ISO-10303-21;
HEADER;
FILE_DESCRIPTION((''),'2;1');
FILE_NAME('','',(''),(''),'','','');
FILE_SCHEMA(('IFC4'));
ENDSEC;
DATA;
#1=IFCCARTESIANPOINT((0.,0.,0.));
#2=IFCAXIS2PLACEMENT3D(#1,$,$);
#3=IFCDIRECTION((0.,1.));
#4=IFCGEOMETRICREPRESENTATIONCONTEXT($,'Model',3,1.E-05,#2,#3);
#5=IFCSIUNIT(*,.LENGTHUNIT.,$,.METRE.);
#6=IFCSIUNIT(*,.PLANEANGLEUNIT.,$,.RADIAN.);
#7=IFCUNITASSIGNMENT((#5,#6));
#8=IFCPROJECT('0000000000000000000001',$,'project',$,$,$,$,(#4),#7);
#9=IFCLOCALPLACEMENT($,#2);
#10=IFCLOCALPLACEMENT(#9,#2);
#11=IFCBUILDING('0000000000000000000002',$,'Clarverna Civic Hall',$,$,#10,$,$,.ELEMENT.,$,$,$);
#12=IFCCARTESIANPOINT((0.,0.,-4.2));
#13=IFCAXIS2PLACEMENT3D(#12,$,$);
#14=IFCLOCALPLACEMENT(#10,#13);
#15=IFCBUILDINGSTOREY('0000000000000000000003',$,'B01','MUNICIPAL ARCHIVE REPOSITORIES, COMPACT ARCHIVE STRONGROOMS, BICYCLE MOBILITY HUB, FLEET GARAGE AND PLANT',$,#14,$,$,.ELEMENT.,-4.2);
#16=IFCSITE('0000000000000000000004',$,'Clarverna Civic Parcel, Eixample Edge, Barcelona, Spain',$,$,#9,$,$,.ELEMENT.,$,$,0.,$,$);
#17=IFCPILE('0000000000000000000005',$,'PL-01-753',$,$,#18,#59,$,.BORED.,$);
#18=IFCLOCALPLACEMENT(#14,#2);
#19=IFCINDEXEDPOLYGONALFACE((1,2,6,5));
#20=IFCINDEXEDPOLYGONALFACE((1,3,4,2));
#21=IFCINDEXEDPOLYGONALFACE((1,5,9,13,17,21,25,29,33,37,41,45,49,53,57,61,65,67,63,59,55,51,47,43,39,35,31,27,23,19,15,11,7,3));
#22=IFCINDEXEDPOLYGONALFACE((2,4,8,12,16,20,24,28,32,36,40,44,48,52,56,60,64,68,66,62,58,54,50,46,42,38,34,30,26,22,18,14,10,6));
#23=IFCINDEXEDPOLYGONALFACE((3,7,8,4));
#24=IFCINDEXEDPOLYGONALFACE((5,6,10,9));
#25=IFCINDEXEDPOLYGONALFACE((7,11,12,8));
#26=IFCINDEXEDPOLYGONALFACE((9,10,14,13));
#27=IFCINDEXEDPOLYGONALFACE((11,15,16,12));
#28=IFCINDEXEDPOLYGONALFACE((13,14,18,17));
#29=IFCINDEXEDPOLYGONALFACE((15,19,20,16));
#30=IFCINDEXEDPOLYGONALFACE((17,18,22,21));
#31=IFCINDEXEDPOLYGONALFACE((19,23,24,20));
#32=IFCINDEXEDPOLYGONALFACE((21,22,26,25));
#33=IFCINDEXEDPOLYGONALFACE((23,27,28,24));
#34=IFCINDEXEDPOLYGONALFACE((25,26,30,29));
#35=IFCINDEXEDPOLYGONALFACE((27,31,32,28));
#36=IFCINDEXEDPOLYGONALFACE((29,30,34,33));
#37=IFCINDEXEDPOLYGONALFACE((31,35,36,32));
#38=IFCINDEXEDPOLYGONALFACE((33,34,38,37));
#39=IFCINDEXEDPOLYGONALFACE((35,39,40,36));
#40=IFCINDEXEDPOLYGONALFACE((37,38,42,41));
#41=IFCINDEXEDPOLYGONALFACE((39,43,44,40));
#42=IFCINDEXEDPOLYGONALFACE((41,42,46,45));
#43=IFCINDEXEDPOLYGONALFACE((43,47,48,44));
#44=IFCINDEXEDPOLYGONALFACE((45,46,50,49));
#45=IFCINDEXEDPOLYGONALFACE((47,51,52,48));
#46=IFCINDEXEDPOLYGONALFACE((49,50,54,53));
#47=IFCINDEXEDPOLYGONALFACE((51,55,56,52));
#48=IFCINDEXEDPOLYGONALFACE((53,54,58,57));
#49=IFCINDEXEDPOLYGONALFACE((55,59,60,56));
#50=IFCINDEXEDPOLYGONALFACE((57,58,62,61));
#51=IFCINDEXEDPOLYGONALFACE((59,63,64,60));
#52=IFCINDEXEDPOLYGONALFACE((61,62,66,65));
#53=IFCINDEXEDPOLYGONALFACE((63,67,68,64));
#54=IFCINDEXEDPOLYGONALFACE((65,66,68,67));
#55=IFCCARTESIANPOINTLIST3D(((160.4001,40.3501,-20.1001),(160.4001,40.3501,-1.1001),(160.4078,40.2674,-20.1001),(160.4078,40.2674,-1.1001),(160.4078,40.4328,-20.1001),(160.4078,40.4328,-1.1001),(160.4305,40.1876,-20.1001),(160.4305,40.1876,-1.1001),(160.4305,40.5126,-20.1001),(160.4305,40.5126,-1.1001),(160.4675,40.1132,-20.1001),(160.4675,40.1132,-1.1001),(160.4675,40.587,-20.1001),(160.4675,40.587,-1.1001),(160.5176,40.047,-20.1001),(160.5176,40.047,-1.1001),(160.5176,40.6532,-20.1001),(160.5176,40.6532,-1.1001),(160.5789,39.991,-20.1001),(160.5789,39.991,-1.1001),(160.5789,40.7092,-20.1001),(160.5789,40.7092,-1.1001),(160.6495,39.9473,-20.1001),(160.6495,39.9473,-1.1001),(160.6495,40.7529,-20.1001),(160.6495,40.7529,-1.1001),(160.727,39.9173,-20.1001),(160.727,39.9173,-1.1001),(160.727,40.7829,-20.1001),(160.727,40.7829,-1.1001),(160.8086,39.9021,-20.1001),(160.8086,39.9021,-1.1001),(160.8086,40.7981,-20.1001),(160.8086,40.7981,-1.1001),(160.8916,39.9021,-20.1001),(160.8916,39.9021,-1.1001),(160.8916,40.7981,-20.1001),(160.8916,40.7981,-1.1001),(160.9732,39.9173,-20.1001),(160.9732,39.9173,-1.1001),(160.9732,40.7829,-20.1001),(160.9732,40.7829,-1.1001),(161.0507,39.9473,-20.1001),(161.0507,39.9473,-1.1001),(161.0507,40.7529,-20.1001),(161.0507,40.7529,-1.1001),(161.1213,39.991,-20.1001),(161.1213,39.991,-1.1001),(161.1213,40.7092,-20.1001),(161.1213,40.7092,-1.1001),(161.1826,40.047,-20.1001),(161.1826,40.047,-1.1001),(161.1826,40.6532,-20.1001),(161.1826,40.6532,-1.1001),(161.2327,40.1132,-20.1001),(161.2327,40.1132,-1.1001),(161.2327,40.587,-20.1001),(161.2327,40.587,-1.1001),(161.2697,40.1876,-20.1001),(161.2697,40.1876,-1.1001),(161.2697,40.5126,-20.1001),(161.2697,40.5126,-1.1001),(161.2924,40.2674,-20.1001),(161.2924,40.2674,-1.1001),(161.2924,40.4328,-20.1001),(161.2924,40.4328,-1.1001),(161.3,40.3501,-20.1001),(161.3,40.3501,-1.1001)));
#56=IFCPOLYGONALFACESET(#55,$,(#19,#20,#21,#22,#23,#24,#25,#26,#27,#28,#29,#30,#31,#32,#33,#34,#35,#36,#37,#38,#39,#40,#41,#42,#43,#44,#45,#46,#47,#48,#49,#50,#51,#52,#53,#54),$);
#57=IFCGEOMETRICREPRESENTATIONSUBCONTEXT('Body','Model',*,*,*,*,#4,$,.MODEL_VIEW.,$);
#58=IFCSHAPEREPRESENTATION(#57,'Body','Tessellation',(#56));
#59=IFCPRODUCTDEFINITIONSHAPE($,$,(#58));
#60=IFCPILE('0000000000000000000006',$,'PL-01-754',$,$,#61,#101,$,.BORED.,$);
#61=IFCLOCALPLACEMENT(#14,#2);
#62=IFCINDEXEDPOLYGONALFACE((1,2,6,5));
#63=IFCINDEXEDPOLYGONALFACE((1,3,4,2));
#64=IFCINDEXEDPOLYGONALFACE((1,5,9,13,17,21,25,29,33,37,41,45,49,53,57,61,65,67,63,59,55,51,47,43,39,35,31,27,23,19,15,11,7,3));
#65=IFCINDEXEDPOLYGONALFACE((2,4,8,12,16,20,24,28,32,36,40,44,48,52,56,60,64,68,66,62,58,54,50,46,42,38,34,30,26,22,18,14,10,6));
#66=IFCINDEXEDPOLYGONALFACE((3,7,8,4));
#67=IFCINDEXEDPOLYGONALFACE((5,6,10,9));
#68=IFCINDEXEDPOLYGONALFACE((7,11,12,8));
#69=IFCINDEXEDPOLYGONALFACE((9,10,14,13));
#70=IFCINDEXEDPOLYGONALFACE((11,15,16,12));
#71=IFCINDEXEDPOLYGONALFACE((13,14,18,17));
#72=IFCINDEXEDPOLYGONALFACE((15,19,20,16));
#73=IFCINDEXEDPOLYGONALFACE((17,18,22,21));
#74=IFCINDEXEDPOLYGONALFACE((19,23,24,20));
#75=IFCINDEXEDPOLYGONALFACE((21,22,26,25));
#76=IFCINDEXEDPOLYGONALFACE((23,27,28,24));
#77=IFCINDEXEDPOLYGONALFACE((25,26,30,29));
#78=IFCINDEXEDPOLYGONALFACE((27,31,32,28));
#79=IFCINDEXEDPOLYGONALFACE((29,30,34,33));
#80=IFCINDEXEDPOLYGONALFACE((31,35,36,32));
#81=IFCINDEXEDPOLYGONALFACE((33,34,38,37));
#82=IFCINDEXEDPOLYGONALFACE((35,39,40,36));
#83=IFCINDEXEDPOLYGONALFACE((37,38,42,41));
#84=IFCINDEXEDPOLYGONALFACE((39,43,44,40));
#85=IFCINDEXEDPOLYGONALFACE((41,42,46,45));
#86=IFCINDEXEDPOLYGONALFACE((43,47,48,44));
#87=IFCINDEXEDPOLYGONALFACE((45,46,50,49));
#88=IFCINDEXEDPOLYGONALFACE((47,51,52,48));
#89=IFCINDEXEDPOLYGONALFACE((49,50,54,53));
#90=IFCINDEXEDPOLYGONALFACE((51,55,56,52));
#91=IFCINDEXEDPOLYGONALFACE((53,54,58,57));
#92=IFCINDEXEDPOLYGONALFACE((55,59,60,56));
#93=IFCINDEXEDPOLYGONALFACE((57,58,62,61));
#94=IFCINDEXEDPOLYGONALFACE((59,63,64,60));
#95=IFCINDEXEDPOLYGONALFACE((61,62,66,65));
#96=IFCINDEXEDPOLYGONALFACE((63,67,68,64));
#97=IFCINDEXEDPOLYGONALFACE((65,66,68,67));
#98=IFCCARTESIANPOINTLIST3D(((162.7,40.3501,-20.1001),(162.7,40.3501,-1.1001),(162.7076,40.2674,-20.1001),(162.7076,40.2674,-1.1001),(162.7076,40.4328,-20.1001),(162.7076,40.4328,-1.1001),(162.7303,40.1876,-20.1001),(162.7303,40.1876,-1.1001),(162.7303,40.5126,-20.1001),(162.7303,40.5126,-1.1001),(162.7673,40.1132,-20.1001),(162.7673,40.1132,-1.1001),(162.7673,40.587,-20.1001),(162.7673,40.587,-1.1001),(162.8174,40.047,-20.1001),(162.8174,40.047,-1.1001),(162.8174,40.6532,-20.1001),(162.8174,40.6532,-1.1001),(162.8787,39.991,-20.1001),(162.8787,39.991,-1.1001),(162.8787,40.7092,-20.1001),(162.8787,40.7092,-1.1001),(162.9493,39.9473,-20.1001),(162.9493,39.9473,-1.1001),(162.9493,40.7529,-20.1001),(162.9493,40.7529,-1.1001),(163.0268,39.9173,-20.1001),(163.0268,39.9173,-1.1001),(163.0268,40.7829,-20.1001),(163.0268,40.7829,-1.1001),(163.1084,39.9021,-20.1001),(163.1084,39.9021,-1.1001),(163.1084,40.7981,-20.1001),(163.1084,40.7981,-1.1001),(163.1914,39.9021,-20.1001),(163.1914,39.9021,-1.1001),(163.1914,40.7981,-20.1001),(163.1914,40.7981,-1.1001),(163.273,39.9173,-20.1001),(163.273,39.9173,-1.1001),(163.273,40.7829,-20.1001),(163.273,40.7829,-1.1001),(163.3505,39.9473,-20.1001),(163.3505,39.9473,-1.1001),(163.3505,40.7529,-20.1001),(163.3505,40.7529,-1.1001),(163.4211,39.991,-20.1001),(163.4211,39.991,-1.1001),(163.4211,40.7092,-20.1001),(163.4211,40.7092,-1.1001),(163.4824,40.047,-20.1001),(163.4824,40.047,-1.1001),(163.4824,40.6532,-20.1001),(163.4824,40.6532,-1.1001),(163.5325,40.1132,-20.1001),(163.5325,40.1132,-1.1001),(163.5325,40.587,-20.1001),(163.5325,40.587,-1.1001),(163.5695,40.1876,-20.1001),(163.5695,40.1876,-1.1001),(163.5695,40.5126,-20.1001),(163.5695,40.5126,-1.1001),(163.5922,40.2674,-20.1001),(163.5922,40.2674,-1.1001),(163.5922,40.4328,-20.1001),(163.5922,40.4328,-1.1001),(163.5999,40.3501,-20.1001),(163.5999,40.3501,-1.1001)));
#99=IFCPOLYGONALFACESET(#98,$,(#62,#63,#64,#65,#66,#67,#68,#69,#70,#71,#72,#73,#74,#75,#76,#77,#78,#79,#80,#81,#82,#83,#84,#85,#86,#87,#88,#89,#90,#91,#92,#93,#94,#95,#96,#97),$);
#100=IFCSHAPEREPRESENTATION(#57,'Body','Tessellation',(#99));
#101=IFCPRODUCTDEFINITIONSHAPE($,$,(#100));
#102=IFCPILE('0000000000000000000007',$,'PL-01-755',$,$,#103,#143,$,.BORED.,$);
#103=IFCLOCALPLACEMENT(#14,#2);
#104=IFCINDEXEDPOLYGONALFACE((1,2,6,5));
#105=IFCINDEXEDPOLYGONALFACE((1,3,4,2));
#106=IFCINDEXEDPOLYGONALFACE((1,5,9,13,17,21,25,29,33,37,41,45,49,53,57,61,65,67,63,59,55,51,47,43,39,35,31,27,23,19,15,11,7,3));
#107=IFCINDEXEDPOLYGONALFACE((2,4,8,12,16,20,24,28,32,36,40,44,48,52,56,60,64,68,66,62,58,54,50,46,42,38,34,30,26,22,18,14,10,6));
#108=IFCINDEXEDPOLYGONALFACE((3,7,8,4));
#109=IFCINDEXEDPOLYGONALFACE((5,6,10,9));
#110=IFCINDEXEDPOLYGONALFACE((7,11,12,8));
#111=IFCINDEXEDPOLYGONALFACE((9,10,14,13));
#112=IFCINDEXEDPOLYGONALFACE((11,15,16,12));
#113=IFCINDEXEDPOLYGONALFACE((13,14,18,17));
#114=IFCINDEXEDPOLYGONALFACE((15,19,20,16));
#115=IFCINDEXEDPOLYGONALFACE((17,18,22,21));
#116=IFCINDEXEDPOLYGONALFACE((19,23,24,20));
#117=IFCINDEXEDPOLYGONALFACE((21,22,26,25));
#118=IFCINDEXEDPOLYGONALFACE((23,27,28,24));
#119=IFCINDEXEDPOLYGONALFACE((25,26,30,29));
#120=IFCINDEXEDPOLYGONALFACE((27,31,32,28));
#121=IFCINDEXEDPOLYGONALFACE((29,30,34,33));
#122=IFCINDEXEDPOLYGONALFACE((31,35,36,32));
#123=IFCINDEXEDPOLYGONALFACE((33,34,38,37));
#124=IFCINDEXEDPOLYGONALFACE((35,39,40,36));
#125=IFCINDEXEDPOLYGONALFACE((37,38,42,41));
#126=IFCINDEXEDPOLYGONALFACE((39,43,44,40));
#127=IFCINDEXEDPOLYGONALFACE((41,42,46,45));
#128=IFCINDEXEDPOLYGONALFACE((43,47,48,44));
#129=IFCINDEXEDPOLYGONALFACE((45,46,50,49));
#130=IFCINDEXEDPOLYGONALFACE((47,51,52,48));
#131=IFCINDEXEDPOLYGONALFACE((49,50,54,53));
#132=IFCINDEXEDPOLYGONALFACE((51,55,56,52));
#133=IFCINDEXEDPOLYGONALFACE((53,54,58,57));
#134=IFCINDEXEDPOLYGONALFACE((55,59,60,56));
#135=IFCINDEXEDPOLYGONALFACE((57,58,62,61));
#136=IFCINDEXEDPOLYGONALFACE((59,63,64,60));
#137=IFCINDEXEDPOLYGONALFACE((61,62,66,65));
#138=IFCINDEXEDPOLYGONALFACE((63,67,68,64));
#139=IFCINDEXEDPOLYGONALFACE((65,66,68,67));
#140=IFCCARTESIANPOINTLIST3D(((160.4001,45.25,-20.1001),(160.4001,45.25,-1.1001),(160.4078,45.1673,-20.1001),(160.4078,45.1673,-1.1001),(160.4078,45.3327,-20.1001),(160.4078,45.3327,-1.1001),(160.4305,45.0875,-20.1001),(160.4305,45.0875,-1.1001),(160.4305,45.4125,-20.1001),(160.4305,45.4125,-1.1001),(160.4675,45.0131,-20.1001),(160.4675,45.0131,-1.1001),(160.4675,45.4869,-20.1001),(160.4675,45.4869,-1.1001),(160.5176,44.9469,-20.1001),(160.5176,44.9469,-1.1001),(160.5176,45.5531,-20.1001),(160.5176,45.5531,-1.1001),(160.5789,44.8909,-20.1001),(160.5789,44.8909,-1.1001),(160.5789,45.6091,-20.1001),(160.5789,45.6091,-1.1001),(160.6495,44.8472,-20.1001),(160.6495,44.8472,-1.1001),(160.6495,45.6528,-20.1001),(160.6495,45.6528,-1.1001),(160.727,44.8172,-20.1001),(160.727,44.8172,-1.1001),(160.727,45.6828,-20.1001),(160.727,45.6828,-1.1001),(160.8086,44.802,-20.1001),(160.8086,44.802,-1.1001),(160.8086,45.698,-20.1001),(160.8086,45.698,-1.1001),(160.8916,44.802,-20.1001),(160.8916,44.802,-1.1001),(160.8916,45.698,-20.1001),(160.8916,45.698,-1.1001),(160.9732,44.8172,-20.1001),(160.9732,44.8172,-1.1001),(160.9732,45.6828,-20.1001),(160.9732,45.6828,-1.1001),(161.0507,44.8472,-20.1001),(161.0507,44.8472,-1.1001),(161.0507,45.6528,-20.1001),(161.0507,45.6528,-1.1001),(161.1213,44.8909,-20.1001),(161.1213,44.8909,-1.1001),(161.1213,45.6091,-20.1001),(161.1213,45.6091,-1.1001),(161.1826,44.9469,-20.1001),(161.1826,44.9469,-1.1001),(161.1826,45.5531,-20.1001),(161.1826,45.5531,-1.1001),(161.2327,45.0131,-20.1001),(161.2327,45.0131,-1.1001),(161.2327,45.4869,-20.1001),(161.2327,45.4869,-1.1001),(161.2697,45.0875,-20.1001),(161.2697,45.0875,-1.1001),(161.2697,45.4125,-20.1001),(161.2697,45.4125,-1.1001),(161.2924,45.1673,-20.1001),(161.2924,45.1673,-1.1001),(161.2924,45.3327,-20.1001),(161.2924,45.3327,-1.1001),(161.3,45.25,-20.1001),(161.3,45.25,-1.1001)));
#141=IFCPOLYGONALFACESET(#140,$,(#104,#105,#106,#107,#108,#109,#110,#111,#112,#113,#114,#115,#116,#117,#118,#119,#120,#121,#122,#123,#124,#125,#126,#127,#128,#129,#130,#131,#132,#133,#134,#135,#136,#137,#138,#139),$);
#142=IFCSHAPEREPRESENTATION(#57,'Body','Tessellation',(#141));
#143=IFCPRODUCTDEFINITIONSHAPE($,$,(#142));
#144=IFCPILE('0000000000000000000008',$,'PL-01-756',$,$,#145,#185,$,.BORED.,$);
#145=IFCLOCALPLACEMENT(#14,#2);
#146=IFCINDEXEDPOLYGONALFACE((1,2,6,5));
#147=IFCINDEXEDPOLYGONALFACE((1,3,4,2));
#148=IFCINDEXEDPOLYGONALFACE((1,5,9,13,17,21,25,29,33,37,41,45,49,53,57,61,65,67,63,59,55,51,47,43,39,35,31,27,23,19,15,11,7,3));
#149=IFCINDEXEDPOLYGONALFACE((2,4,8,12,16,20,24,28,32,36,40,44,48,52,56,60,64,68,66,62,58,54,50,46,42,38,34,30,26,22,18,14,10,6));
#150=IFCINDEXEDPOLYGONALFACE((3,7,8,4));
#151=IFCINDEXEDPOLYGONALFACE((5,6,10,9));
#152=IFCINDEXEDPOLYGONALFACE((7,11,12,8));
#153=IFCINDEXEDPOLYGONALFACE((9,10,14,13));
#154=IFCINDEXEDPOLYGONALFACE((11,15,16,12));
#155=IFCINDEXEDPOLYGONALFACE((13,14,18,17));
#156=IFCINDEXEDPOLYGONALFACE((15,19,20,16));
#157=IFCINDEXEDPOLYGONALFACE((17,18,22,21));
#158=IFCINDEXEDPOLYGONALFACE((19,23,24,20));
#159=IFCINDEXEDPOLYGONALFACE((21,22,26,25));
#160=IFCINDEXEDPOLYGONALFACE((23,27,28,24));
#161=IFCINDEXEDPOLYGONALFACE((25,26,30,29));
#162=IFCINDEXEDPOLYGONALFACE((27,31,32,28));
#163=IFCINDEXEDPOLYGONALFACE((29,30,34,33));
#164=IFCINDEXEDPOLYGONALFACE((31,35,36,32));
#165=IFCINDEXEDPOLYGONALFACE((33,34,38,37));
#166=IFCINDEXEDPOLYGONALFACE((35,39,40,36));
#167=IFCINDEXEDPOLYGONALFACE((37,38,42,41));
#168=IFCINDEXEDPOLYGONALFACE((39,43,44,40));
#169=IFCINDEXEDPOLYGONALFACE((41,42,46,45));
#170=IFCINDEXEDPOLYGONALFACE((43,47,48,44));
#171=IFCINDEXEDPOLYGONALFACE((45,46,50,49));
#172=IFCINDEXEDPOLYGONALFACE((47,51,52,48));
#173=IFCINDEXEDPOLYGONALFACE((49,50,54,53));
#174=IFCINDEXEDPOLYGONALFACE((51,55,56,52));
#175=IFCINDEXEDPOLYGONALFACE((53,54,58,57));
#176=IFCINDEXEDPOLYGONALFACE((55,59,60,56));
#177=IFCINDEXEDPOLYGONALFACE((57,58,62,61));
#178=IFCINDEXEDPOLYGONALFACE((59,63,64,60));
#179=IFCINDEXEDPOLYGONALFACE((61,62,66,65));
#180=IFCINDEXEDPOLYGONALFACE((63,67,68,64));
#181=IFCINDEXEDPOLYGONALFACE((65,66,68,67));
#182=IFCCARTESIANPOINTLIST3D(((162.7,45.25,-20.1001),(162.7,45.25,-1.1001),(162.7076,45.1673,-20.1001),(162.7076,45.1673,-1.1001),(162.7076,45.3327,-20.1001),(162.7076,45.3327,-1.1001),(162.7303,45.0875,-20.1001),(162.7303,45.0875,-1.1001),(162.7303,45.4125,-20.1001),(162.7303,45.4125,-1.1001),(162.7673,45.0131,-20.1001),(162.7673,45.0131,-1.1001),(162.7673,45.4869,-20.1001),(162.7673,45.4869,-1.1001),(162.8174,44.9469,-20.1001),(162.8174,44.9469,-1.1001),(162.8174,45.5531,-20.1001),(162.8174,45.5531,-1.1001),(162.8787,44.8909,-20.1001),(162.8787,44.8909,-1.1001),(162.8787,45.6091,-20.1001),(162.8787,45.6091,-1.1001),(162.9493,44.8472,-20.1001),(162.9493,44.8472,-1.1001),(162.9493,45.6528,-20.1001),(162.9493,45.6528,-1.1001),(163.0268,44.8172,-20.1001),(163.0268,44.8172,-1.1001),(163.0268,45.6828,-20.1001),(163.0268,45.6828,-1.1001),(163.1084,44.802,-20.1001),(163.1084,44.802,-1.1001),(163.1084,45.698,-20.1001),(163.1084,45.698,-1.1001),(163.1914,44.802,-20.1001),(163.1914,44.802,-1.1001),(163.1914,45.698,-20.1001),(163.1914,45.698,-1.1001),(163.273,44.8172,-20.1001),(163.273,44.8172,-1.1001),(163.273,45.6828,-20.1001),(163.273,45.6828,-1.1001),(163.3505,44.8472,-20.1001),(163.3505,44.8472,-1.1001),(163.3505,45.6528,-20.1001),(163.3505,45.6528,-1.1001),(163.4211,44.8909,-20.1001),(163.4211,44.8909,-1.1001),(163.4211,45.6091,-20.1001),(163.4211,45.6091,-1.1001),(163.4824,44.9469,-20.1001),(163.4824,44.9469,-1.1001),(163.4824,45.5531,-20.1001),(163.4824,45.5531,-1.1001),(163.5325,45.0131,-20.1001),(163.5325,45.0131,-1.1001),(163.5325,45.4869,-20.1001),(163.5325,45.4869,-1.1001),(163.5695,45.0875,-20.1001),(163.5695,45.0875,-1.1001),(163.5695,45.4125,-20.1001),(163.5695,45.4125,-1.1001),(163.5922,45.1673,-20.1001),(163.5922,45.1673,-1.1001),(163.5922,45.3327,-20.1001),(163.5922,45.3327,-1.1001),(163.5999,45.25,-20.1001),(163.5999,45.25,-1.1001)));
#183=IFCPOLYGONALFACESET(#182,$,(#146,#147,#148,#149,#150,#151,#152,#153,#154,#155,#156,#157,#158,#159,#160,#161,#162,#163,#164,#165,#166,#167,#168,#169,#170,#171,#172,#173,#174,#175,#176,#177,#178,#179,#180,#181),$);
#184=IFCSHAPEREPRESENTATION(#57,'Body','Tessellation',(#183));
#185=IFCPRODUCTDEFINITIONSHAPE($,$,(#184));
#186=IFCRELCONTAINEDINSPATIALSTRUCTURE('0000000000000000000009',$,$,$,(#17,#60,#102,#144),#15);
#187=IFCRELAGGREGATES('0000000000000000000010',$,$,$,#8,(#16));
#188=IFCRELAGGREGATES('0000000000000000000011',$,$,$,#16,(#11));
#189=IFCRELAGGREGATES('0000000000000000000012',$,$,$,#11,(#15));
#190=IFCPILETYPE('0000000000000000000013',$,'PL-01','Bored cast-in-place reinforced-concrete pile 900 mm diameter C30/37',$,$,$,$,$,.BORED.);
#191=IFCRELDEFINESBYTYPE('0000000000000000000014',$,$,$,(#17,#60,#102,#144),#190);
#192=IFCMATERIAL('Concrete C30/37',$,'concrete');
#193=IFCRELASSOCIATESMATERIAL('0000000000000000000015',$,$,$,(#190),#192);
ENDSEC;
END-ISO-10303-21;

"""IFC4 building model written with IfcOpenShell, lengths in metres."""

from ifc_helpers import new_model, si_unit, direction, frame, origin, origin_2d, place, context, subcontext, project, spatial, circle, extrude, material, material_profile, profile_set, type_object, element, save


model = new_model("IFC4")

# Units and contexts
model_context = context("Model", 3, precision=1e-05, world=origin(), true_north=direction((0.0, 1.0)))
body_context = subcontext(model_context, "Body", "Model", "MODEL_VIEW")
ifc_project = project(units=[si_unit("LENGTHUNIT", "METRE"), si_unit("PLANEANGLEUNIT", "RADIAN")], contexts=[model_context])

# Site, building, storey
site_placement = place(None, origin())
site = spatial("IfcSite", under=ifc_project, at=site_placement, Name="Clarverna Civic Parcel, Eixample Edge, Barcelona, Spain", CompositionType="ELEMENT", RefElevation=0.0)
building_placement = place(site_placement, origin())
building = spatial("IfcBuilding", under=site, at=building_placement, Name="Clarverna Civic Hall", CompositionType="ELEMENT")
storey_placement = place(building_placement, frame((0.0, 0.0, -4.2)))
storey = spatial("IfcBuildingStorey", under=building, at=storey_placement, Name="B01", Description="MUNICIPAL ARCHIVE REPOSITORIES, COMPACT ARCHIVE STRONGROOMS, BICYCLE MOBILITY HUB, FLEET GARAGE AND PLANT", CompositionType="ELEMENT", Elevation=-4.2)

# Shared definitions
ifc_material_1 = material(Name="Concrete C30/37", Category="concrete")

# Piles
ifc_material_profile_1 = material_profile(ifc_material_1, circle(Radius=0.45, at=origin_2d()), Name="BORED PILE D900")
ifc_profile_set_1 = profile_set([ifc_material_profile_1], Name="Concrete C30/37")
pile_type = type_object("IfcPileType", Name="PL-01", Description="Bored cast-in-place reinforced-concrete pile 900 mm diameter C30/37", PredefinedType="BORED", material=ifc_profile_set_1)
for number, where, z_axis, x_axis, name in (
    (1, (160.8501, 40.3501, -1.1001), (0.0, 0.0, -1.0), (1.0, 0.0, 0.0), "PL-01-753"),
    (2, (163.1499, 40.3501, -1.1001), (0.0, 0.0, -1.0), (1.0, 0.0, 0.0), "PL-01-754"),
    (3, (160.8501, 45.25, -1.1001), (0.0, 0.0, -1.0), (1.0, 0.0, 0.0), "PL-01-755"),
    (4, (163.1499, 45.25, -1.1001), (0.0, 0.0, -1.0), (1.0, 0.0, 0.0), "PL-01-756"),
):
    element("IfcPile", number, at=place(storey_placement, frame(where, z_axis=z_axis, x_axis=x_axis)), inside=storey, type_object=pile_type, Name=name, PredefinedType="BORED", context=body_context, shape_type="SweptSolid", body=[
        extrude(circle(Radius=0.45, at=origin_2d()), origin(), (0.0, 0.0, 1.0), 19.0),
    ])

save(model, "model.ifc")
